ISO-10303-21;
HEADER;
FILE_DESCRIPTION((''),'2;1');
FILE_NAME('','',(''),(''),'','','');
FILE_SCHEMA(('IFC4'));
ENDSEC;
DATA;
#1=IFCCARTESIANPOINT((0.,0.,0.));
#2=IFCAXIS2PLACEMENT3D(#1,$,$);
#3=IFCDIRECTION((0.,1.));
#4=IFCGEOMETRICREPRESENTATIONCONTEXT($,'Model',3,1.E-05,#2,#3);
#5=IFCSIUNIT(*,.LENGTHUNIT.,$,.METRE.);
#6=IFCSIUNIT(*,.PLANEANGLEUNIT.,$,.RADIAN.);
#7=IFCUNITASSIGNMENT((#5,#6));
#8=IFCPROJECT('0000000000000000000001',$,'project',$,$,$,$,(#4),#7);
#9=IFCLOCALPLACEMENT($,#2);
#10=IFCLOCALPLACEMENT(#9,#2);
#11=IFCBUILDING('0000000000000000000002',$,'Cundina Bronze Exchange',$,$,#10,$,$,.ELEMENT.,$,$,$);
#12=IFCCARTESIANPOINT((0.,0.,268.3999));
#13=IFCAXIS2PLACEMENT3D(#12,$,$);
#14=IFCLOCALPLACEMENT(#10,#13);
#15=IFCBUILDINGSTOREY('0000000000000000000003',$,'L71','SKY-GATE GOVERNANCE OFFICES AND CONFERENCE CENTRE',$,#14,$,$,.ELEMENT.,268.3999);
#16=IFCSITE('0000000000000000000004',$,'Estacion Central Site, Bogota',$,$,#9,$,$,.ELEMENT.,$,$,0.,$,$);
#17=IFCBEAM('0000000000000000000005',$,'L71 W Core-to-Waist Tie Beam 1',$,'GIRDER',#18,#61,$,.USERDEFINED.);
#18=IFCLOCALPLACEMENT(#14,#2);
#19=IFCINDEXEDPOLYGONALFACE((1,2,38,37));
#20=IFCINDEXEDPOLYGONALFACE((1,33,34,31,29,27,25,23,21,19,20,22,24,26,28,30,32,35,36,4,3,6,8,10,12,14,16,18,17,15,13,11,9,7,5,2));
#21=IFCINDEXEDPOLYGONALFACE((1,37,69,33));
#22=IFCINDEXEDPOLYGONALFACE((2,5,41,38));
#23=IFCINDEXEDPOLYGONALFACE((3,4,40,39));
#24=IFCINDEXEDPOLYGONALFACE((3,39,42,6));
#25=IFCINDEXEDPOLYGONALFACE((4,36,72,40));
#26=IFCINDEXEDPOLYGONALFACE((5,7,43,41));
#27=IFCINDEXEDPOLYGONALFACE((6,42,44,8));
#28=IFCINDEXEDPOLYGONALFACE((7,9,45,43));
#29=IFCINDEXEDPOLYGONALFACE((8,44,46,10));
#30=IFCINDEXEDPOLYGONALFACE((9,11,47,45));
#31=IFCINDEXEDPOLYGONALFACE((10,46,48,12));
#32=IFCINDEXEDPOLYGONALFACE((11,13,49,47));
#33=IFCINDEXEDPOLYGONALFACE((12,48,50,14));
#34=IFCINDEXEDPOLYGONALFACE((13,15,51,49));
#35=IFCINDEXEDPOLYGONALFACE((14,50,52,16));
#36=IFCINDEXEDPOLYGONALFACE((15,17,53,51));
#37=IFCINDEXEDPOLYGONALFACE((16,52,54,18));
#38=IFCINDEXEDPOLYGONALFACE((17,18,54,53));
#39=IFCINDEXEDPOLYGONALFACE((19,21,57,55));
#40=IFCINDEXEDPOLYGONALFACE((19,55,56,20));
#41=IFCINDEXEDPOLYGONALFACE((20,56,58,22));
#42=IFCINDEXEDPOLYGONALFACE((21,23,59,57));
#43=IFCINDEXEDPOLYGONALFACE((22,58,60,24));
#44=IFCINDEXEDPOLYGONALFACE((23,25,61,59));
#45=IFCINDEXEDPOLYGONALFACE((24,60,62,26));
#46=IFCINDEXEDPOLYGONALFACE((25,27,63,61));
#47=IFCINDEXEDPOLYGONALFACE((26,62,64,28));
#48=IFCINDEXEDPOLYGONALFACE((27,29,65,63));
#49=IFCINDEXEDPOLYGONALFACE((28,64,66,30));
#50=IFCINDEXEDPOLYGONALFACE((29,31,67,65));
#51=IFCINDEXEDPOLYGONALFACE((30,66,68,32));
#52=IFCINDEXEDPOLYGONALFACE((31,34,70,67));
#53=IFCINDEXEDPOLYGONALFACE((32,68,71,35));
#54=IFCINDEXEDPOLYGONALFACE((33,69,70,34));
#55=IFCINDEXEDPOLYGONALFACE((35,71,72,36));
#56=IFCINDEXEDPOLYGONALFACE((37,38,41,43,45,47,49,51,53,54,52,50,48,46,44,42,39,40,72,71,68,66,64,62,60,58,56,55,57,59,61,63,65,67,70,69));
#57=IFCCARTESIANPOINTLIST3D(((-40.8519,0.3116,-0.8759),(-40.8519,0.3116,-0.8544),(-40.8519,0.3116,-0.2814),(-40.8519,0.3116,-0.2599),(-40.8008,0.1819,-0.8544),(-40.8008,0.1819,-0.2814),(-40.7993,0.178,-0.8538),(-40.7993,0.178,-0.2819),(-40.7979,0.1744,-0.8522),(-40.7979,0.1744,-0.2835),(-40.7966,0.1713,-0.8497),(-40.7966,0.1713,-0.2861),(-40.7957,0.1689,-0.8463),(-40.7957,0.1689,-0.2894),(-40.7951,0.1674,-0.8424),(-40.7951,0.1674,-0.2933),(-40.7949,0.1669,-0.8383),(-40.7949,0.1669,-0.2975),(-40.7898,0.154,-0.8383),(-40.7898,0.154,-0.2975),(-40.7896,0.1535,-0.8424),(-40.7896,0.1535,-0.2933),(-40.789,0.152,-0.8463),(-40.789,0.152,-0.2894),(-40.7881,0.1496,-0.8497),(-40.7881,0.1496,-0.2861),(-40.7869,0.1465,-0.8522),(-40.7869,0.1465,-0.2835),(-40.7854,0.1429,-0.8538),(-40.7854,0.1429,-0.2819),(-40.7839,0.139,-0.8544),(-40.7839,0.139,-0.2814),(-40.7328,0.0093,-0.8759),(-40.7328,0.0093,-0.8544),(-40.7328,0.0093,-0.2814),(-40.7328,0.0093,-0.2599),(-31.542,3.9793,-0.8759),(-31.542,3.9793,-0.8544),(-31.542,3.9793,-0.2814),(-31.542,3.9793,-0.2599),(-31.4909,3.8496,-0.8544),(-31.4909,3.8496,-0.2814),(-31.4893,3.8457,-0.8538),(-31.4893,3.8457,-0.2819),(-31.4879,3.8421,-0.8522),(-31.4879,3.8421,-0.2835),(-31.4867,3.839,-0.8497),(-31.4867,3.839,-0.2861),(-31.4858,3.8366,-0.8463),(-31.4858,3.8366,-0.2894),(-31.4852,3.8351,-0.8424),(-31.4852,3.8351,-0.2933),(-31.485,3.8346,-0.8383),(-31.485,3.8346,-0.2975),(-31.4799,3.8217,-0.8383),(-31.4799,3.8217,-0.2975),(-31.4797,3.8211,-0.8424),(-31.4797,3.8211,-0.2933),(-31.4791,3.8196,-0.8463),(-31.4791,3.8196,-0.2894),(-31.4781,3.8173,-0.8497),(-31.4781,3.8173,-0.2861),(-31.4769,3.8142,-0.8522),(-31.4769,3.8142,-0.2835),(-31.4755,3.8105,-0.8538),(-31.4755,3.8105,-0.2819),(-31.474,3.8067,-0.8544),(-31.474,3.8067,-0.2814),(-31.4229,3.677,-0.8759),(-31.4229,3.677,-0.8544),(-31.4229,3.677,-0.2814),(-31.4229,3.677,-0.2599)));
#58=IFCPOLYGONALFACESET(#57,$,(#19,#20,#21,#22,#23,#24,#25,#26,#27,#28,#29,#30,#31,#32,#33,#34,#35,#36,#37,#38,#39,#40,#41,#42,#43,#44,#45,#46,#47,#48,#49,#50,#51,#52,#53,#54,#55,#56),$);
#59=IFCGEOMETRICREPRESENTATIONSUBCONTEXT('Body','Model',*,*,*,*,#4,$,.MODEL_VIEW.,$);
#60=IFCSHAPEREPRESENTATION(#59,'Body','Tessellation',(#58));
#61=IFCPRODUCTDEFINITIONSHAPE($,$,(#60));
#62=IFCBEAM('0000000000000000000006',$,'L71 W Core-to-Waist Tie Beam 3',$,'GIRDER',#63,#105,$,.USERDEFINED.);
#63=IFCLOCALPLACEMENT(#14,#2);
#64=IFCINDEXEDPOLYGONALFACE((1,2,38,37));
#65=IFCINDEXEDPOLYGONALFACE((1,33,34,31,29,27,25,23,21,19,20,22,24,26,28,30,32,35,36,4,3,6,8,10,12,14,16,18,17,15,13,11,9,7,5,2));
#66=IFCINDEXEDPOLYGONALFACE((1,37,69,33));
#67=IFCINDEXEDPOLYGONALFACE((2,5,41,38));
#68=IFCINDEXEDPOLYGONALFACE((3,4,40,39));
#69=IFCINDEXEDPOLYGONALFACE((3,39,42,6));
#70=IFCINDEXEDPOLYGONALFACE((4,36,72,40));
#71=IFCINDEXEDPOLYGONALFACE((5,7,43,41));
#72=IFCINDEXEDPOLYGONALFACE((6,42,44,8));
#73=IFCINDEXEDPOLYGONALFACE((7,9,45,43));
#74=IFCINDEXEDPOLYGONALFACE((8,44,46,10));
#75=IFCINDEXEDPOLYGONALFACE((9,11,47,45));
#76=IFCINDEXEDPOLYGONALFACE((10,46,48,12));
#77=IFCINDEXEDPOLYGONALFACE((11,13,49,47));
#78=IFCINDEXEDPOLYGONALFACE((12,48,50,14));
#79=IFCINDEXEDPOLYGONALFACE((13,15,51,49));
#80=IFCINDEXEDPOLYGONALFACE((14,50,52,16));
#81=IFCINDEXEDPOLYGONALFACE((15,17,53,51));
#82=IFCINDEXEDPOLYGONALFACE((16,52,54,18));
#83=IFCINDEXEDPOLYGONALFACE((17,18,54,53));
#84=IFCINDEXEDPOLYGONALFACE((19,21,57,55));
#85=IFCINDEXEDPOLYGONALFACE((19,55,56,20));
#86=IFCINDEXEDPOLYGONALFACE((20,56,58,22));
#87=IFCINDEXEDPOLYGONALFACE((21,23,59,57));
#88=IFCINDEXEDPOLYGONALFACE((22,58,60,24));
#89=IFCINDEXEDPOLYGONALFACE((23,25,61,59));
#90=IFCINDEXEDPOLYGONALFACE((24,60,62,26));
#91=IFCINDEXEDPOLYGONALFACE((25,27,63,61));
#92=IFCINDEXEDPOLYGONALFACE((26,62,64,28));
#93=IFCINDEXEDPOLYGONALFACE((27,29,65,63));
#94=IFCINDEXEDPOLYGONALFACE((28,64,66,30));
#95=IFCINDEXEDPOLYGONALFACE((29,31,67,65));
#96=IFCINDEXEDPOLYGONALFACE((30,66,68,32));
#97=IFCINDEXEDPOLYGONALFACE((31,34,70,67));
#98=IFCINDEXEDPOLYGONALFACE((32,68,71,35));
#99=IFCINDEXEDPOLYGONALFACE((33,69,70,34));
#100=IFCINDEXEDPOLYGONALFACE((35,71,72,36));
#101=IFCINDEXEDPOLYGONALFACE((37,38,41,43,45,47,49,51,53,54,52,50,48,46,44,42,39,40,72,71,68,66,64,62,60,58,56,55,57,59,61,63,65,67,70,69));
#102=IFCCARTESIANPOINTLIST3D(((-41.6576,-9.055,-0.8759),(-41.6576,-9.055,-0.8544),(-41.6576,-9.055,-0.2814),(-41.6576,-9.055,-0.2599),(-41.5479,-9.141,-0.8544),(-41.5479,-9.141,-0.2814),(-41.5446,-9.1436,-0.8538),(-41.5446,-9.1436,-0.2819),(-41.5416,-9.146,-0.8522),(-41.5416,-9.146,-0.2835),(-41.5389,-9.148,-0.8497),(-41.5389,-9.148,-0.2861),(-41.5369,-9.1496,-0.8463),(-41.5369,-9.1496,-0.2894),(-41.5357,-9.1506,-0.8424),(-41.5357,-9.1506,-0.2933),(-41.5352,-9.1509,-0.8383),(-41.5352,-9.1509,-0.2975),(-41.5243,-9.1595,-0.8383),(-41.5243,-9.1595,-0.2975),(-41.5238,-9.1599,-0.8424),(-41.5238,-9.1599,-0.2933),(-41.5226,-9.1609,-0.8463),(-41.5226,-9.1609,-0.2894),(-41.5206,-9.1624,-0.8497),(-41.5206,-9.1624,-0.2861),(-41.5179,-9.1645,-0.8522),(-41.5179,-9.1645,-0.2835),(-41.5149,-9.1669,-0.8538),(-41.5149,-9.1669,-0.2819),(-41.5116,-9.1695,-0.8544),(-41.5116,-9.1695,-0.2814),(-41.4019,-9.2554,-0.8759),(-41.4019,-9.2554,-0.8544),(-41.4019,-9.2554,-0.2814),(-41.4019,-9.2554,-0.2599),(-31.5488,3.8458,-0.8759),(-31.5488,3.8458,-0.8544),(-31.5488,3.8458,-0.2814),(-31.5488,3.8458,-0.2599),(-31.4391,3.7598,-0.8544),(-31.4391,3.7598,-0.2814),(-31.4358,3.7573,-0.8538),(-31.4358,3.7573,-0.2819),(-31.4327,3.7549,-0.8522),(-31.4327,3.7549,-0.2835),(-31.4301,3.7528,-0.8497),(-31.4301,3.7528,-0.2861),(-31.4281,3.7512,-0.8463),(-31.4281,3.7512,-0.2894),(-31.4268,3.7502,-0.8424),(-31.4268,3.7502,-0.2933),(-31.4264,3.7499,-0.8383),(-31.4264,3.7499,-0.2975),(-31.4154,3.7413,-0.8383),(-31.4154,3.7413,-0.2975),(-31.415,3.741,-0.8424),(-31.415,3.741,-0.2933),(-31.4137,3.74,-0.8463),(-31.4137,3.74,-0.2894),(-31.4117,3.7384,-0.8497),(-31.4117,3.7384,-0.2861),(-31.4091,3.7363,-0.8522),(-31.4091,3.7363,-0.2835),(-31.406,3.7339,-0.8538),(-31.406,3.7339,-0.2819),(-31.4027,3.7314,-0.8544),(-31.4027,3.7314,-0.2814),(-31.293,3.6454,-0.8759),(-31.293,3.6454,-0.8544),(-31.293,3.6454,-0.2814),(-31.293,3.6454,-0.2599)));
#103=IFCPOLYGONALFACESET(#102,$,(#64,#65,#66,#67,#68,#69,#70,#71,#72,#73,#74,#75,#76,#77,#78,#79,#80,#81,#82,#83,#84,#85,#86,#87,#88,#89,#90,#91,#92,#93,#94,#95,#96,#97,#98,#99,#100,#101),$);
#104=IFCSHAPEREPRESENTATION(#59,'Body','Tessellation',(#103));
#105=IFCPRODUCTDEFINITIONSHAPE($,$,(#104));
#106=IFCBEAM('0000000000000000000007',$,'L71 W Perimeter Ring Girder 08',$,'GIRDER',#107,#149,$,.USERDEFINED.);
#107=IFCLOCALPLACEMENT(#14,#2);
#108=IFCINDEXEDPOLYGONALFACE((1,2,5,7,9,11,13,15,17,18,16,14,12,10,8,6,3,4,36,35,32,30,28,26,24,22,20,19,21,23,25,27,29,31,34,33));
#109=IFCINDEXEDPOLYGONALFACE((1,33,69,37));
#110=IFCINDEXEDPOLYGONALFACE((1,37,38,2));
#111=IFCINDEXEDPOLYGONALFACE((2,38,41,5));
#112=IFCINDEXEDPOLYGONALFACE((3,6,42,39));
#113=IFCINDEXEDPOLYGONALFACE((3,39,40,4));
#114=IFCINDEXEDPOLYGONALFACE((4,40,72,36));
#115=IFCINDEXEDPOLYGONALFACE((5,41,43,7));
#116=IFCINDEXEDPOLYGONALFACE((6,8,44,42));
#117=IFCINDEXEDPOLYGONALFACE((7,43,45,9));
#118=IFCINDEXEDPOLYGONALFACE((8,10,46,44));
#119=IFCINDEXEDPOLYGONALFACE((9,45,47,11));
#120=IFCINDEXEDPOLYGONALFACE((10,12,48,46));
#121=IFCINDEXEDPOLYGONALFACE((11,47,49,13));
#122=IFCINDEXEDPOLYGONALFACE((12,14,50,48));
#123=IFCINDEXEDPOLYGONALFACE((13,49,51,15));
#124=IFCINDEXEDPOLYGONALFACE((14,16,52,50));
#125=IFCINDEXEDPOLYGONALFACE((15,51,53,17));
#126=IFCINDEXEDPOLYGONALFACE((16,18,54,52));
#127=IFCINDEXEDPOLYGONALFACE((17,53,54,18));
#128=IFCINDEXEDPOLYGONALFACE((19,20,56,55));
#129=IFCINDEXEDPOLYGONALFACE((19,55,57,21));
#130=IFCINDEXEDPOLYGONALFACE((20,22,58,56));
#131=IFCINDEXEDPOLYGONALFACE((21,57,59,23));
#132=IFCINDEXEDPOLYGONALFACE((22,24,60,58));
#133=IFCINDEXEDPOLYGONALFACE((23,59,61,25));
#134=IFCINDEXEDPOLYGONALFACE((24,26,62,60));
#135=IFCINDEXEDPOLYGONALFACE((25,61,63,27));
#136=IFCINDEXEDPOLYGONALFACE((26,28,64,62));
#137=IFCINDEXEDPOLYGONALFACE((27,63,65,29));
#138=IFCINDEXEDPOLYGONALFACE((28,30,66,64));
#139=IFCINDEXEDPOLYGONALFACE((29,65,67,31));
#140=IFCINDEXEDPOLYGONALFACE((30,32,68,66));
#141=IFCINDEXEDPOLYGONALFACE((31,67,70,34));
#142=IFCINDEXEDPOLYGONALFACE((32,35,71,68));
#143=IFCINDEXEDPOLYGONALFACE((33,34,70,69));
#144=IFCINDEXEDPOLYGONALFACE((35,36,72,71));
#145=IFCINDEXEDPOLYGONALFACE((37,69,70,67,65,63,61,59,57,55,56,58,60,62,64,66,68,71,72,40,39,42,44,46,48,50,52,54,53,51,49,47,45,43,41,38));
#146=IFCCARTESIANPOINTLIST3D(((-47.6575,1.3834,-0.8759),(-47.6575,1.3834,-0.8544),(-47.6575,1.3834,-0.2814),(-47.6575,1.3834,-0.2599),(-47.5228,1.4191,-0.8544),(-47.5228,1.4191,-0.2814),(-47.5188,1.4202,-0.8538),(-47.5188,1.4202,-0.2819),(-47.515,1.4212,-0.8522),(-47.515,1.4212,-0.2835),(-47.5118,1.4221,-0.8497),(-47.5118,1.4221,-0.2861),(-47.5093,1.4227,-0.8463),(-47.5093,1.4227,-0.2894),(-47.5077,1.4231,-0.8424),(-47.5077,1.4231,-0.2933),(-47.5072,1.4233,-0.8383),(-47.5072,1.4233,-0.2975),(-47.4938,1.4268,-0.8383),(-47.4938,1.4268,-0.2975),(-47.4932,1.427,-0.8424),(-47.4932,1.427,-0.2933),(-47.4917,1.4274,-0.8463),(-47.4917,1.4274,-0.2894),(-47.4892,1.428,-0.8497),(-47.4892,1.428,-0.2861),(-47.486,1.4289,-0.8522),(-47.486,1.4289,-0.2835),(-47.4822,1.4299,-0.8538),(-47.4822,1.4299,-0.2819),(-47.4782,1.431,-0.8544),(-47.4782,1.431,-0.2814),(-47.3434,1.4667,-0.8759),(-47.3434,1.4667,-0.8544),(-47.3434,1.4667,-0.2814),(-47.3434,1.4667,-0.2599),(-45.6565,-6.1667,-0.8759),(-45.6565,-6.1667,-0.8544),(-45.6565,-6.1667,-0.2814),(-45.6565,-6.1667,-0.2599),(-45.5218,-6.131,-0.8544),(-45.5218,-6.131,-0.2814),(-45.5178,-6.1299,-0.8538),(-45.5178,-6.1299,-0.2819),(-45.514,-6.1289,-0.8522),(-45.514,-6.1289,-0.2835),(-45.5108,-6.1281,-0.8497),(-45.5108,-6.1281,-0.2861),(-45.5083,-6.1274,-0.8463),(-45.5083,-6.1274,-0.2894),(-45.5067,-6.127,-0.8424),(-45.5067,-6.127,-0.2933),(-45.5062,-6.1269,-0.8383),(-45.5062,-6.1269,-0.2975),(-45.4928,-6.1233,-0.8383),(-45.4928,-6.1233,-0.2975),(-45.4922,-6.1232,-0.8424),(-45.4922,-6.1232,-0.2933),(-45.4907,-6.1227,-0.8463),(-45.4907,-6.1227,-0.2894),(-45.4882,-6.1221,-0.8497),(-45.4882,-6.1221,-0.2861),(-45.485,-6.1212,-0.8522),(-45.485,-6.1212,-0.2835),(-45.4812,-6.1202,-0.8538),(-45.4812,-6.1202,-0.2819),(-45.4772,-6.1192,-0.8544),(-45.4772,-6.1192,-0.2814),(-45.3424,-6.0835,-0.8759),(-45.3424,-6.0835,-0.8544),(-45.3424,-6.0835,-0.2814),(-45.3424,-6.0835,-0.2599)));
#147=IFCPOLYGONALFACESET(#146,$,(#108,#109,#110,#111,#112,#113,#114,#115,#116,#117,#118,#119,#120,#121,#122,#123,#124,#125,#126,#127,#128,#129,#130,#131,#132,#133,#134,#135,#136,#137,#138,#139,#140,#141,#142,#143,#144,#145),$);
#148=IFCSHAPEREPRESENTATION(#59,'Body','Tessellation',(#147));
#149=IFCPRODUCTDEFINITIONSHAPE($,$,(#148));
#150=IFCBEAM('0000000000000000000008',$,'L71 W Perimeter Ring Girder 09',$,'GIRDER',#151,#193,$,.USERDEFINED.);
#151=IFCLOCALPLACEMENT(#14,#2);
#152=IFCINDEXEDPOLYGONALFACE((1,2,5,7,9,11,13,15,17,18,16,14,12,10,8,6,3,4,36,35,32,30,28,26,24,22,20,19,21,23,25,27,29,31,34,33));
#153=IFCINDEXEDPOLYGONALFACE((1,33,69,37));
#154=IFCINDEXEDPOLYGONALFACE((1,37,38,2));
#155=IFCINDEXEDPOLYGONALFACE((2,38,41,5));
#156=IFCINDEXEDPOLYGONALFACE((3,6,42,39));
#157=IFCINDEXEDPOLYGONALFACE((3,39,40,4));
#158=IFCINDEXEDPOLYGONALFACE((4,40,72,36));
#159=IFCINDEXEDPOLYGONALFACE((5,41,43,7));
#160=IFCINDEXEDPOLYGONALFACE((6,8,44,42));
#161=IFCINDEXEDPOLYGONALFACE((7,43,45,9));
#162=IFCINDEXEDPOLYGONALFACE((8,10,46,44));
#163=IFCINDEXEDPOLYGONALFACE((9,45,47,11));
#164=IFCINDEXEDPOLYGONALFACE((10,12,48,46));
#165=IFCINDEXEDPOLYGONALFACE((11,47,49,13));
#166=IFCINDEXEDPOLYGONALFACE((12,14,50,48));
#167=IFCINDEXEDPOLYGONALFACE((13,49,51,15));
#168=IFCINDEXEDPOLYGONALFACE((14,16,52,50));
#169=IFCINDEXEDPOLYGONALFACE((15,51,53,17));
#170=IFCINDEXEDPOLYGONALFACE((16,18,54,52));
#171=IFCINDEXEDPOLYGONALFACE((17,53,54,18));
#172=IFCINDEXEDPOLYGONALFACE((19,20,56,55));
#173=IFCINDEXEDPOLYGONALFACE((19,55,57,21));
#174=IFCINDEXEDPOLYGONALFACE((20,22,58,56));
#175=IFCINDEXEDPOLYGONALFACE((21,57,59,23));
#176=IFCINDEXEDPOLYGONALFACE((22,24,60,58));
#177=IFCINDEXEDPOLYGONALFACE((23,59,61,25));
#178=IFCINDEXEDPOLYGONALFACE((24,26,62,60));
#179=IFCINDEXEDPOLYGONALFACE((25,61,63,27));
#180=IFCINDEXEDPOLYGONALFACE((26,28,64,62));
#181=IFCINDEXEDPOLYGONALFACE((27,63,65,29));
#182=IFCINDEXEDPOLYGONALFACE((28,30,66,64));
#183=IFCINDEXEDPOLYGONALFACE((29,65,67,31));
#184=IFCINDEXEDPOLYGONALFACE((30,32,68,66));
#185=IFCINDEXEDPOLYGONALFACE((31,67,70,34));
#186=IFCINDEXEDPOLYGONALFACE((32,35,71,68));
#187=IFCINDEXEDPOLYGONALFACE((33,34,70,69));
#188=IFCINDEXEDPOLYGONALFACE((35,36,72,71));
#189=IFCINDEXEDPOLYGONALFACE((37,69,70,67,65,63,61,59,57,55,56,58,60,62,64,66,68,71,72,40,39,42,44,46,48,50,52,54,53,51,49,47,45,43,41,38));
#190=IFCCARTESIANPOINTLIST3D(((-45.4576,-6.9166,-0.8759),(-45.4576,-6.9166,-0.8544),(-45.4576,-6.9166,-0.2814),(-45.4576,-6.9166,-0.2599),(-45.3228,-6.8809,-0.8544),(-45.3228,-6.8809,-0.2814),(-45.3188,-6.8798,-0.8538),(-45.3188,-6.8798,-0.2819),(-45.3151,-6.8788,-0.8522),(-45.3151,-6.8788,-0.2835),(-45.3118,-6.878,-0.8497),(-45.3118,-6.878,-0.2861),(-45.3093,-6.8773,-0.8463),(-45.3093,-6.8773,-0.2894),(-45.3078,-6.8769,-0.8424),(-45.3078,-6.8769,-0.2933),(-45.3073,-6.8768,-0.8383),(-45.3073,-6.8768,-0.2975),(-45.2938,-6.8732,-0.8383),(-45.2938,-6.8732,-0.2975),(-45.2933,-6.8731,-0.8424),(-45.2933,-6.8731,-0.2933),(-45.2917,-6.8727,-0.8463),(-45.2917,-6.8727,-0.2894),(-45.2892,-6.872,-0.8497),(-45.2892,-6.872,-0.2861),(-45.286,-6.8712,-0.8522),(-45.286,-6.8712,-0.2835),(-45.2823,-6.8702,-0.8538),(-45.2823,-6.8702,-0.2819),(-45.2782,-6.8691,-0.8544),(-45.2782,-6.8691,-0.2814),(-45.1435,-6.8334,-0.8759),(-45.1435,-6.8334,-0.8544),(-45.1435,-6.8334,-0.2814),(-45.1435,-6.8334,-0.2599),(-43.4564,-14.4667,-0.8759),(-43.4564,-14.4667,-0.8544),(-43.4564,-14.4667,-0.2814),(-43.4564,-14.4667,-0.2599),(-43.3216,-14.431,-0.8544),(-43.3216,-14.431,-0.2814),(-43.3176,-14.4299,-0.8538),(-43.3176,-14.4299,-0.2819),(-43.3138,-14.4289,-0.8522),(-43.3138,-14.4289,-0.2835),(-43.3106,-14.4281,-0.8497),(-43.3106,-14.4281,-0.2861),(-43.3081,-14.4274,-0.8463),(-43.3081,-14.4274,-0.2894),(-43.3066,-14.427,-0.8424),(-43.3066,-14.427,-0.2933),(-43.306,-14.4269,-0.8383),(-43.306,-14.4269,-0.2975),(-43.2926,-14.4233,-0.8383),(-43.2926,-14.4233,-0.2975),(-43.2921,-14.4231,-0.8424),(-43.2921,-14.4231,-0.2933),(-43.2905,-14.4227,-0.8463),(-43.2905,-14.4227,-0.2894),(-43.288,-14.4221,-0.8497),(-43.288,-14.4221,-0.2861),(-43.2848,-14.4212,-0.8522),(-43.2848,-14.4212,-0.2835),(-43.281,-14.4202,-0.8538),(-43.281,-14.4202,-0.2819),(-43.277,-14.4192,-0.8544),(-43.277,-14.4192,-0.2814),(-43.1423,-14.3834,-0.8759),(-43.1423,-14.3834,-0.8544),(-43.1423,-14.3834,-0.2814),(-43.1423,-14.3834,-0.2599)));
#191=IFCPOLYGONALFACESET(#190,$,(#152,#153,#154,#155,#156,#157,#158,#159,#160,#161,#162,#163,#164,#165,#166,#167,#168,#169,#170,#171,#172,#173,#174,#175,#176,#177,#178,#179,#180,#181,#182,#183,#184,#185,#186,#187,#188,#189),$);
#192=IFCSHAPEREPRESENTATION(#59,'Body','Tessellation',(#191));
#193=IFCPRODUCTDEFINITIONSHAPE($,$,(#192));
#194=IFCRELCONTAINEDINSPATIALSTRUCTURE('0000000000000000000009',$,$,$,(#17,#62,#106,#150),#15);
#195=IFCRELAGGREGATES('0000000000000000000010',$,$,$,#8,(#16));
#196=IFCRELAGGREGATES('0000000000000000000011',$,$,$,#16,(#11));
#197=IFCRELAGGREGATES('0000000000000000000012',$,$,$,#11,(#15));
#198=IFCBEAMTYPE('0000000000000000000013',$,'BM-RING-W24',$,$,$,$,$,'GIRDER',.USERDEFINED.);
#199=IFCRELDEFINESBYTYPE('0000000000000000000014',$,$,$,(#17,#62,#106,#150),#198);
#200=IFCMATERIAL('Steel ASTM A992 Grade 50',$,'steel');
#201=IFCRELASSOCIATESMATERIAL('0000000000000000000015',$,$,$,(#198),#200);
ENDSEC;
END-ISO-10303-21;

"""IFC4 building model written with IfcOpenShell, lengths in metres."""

from ifc_helpers import new_model, si_unit, direction, frame, origin, origin_2d, place, context, subcontext, project, spatial, i_section, extrude, material, material_profile, profile_set, type_object, element, save


model = new_model("IFC4")

# Units and contexts
model_context = context("Model", 3, precision=1e-05, world=origin(), true_north=direction((0.0, 1.0)))
body_context = subcontext(model_context, "Body", "Model", "MODEL_VIEW")
ifc_project = project(units=[si_unit("LENGTHUNIT", "METRE"), si_unit("PLANEANGLEUNIT", "RADIAN")], contexts=[model_context])

# Site, building, storey
site_placement = place(None, origin())
site = spatial("IfcSite", under=ifc_project, at=site_placement, Name="Estacion Central Site, Bogota", CompositionType="ELEMENT", RefElevation=0.0)
building_placement = place(site_placement, origin())
building = spatial("IfcBuilding", under=site, at=building_placement, Name="Cundina Bronze Exchange", CompositionType="ELEMENT")
storey_placement = place(building_placement, frame((0.0, 0.0, 268.3999)))
storey = spatial("IfcBuildingStorey", under=building, at=storey_placement, Name="L71", Description="SKY-GATE GOVERNANCE OFFICES AND CONFERENCE CENTRE", CompositionType="ELEMENT", Elevation=268.3999)

# Shared definitions
ifc_material_1 = material(Name="Steel ASTM A992 Grade 50", Category="steel")

# Beams
ifc_material_profile_1 = material_profile(ifc_material_1, i_section(OverallWidth=0.325, OverallDepth=0.616, WebThickness=0.0139, FlangeThickness=0.0215, FilletRadius=0.0161, at=origin_2d()), Name="W24X117", Category="steel")
ifc_profile_set_1 = profile_set([ifc_material_profile_1], Name="Steel ASTM A992 Grade 50")
beam_type_1 = type_object("IfcBeamType", Name="BM-RING-W24", ElementType="GIRDER", PredefinedType="USERDEFINED", material=ifc_profile_set_1)
beam_1_placement = place(storey_placement, frame((-31.4824, 3.8281, -0.5679), z_axis=(-0.930404, -0.366535, 0.0), x_axis=(0.366535, -0.930404, 0.0)))
element("IfcBeam", 1, at=beam_1_placement, inside=storey, type_object=beam_type_1, Name="L71 W Core-to-Waist Tie Beam 1", ObjectType="GIRDER", PredefinedType="USERDEFINED", context=body_context, shape_type="SweptSolid", body=[
    extrude(i_section(OverallWidth=0.325, OverallDepth=0.616, WebThickness=0.0139, FlangeThickness=0.0215, FilletRadius=0.0161, at=origin_2d()), origin(), (0.0, 0.0, 1.0), 10.0063),
])
beam_2_placement = place(storey_placement, frame((-31.4209, 3.7456, -0.5679), z_axis=(-0.616783, -0.787133, 0.0), x_axis=(0.787133, -0.616783, 0.0)))
element("IfcBeam", 2, at=beam_2_placement, inside=storey, type_object=beam_type_1, Name="L71 W Core-to-Waist Tie Beam 3", ObjectType="GIRDER", PredefinedType="USERDEFINED", context=body_context, shape_type="SweptSolid", body=[
    extrude(i_section(OverallWidth=0.325, OverallDepth=0.616, WebThickness=0.0139, FlangeThickness=0.0215, FilletRadius=0.0161, at=origin_2d()), origin(), (0.0, 0.0, 1.0), 16.3896),
])
for number, where, z_axis, x_axis, name in (
    (3, (-47.5005, 1.425, -0.5679), (0.256184, -0.966628, 0.0), (0.966628, 0.256184, 0.0), "L71 W Perimeter Ring Girder 08"),
    (4, (-45.3005, -6.875, -0.5679), (0.256213, -0.96662, 0.0), (0.96662, 0.256213, 0.0), "L71 W Perimeter Ring Girder 09"),
):
    element("IfcBeam", number, at=place(storey_placement, frame(where, z_axis=z_axis, x_axis=x_axis)), inside=storey, type_object=beam_type_1, Name=name, ObjectType="GIRDER", PredefinedType="USERDEFINED", context=body_context, shape_type="SweptSolid", body=[
        extrude(i_section(OverallWidth=0.325, OverallDepth=0.616, WebThickness=0.0139, FlangeThickness=0.0215, FilletRadius=0.0161, at=origin_2d()), origin(), (0.0, 0.0, 1.0), 7.8108),
    ])

save(model, "model.ifc")
